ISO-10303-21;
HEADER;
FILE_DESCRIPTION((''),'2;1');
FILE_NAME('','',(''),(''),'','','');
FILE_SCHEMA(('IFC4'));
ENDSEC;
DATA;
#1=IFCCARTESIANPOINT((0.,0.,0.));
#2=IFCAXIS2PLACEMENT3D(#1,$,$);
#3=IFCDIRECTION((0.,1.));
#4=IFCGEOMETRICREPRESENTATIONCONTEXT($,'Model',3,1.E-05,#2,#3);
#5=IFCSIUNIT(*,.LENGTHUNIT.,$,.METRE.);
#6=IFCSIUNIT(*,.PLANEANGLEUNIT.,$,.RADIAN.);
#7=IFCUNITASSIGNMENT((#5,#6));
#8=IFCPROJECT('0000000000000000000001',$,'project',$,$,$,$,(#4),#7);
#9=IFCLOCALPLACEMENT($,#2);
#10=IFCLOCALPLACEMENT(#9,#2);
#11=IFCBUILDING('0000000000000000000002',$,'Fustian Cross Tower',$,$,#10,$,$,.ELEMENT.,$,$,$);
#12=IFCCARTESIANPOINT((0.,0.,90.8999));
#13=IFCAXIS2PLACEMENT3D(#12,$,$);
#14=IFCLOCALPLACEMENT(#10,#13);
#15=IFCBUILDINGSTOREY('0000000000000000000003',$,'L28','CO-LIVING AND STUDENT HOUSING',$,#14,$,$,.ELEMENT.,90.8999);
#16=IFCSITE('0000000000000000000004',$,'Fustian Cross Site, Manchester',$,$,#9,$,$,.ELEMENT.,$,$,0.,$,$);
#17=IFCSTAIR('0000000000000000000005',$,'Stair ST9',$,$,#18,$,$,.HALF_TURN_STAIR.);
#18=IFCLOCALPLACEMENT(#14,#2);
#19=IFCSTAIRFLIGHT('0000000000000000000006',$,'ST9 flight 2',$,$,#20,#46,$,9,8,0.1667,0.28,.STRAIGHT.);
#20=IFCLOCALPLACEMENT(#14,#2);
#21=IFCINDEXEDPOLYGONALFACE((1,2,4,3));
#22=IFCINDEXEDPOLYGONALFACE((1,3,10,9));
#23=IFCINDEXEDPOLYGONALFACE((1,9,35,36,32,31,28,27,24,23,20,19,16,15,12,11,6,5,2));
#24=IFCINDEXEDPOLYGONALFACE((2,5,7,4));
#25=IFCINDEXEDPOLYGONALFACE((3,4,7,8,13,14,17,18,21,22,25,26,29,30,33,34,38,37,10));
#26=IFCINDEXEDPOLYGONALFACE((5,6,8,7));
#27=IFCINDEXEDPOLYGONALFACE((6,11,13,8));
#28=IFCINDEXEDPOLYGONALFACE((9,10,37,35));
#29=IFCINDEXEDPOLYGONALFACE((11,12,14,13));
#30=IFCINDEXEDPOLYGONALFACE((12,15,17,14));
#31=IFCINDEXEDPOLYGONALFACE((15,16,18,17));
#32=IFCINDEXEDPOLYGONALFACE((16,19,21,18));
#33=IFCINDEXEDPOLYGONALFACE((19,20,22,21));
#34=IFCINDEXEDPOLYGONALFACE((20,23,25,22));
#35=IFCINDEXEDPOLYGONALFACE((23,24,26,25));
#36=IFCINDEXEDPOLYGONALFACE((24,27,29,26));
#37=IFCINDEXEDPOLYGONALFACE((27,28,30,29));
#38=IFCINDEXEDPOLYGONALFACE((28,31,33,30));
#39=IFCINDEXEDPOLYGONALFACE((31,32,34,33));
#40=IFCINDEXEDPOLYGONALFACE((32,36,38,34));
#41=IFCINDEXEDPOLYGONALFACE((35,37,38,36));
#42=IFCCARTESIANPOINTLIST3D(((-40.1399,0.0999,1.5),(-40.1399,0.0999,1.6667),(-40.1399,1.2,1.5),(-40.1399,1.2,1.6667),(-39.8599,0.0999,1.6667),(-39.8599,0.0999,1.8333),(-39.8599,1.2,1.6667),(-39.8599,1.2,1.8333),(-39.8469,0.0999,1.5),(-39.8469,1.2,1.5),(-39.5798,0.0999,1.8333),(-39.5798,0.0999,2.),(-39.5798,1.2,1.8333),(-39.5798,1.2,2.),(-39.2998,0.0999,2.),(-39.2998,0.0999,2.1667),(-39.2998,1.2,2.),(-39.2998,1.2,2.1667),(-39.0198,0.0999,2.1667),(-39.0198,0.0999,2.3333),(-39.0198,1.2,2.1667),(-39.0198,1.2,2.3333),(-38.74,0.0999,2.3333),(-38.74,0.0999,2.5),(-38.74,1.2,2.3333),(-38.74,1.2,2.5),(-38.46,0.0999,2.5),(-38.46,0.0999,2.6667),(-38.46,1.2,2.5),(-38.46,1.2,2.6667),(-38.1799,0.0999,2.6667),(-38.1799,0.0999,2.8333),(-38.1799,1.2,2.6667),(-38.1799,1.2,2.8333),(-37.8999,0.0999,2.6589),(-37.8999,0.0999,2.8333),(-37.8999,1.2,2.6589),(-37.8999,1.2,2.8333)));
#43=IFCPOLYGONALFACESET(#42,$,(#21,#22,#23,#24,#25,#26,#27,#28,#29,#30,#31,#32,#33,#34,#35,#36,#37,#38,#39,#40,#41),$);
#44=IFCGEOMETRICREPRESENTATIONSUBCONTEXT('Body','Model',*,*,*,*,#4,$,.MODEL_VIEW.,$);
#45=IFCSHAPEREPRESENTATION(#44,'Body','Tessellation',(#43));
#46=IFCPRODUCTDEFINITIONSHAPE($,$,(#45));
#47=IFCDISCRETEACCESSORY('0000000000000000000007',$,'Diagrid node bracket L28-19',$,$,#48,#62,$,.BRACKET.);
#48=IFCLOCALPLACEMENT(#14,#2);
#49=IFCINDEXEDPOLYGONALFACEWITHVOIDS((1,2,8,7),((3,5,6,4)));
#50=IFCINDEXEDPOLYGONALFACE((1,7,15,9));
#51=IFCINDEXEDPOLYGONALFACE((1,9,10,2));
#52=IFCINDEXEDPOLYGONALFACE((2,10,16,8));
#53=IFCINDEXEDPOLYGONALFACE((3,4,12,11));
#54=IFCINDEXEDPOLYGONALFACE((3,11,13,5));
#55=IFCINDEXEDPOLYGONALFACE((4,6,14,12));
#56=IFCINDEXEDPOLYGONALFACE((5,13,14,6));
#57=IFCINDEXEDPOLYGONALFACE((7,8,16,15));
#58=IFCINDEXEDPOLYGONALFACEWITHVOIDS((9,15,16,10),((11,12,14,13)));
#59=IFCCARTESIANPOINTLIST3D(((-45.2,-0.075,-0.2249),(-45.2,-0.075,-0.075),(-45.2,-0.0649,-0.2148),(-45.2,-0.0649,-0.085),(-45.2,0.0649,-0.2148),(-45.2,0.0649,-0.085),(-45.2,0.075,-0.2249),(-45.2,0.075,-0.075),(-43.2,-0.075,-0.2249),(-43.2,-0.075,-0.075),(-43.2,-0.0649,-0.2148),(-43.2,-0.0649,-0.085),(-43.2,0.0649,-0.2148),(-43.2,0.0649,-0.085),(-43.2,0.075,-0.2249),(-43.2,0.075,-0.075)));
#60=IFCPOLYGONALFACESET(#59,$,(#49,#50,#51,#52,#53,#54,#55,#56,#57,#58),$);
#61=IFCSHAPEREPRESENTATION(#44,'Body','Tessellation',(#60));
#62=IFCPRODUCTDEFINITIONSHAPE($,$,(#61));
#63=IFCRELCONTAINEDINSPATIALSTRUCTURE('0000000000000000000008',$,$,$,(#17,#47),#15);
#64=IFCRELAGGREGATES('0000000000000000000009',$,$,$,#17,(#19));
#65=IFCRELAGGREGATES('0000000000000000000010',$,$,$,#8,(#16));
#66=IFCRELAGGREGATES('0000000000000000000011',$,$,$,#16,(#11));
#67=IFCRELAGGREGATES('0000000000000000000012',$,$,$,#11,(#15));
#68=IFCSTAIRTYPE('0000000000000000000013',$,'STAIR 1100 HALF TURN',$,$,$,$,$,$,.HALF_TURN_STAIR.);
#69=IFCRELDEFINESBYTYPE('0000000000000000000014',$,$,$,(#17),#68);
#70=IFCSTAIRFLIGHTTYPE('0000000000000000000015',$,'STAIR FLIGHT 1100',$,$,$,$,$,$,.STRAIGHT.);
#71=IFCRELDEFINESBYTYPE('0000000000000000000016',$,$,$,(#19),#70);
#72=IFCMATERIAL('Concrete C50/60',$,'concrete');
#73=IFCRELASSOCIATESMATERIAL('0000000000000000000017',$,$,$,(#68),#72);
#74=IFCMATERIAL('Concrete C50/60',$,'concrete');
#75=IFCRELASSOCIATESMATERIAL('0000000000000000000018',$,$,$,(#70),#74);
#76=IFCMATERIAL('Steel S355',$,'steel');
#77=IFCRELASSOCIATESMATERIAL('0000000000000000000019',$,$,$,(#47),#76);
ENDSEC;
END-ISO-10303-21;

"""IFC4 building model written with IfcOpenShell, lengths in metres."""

from ifc_helpers import new_model, si_unit, direction, frame, origin, origin_2d, place, context, subcontext, project, spatial, polyline, hollow_rectangle, outline, extrude, material, type_object, element, aggregate, save


model = new_model("IFC4")

# Units and contexts
model_context = context("Model", 3, precision=1e-05, world=origin(), true_north=direction((0.0, 1.0)))
body_context = subcontext(model_context, "Body", "Model", "MODEL_VIEW")
ifc_project = project(units=[si_unit("LENGTHUNIT", "METRE"), si_unit("PLANEANGLEUNIT", "RADIAN")], contexts=[model_context])

# Site, building, storey
site_placement = place(None, origin())
site = spatial("IfcSite", under=ifc_project, at=site_placement, Name="Fustian Cross Site, Manchester", CompositionType="ELEMENT", RefElevation=0.0)
building_placement = place(site_placement, origin())
building = spatial("IfcBuilding", under=site, at=building_placement, Name="Fustian Cross Tower", CompositionType="ELEMENT")
storey_placement = place(building_placement, frame((0.0, 0.0, 90.8999)))
storey = spatial("IfcBuildingStorey", under=building, at=storey_placement, Name="L28", Description="CO-LIVING AND STUDENT HOUSING", CompositionType="ELEMENT", Elevation=90.8999)

# Stair, stair flight
ifc_material_1 = material(Name="Concrete C50/60", Category="concrete")
stair_type = type_object("IfcStairType", Name="STAIR 1100 HALF TURN", PredefinedType="HALF_TURN_STAIR", material=ifc_material_1)
stair_placement = place(storey_placement, origin())
stair = element("IfcStair", 1, at=stair_placement, inside=storey, type_object=stair_type, Name="Stair ST9", PredefinedType="HALF_TURN_STAIR")
ifc_material_2 = material(Name="Concrete C50/60", Category="concrete")
stair_flight_type = type_object("IfcStairFlightType", Name="STAIR FLIGHT 1100", PredefinedType="STRAIGHT", material=ifc_material_2)
stair_flight_1_placement = place(storey_placement, frame((-40.1399, 0.6499, 1.5), z_axis=(0.0, 0.0, 1.0), x_axis=(1.0, 0.0, 0.0)))
stair_flight_1 = element("IfcStairFlight", 2, at=stair_flight_1_placement, type_object=stair_flight_type, Name="ST9 flight 2", NumberOfRisers=9, NumberOfTreads=8, PredefinedType="STRAIGHT", RiserHeight=0.1667, TreadLength=0.28, context=body_context, shape_type="SweptSolid", body=[
    extrude(outline(polyline([(0.0, 0.0), (0.0, 0.1667), (0.28, 0.1667), (0.28, 0.3333), (0.5601, 0.3333), (0.5601, 0.5), (0.8401, 0.5), (0.8401, 0.6667), (1.1201, 0.6667), (1.1201, 0.8333), (1.3999, 0.8333), (1.3999, 1.0), (1.6799, 1.0), (1.6799, 1.1667), (1.96, 1.1667), (1.96, 1.3333), (2.24, 1.3333), (2.24, 1.5), (2.24, 1.1589), (0.293, 0.0), (0.0, 0.0)])), frame((0.0, 0.55, 0.0), z_axis=(0.0, -1.0, 0.0), x_axis=(1.0, 0.0, 0.0)), (0.0, 0.0, 1.0), 1.1001),
])
aggregate(stair, [stair_flight_1])

# Discrete accessory
ifc_material_3 = material(Name="Steel S355", Category="steel")
discrete_accessory_placement = place(storey_placement, frame((-45.2, 0.0, -0.1499), z_axis=(1.0, 0.0, 0.0), x_axis=(0.0, 1.0, 0.0)))
element("IfcDiscreteAccessory", 3, at=discrete_accessory_placement, inside=storey, material=ifc_material_3, Name="Diagrid node bracket L28-19", PredefinedType="BRACKET", context=body_context, shape_type="SweptSolid", body=[
    extrude(hollow_rectangle(XDim=0.1499, YDim=0.1499, WallThickness=0.01, at=origin_2d()), origin(), (0.0, 0.0, 1.0), 2.0),
])

save(model, "model.ifc")
